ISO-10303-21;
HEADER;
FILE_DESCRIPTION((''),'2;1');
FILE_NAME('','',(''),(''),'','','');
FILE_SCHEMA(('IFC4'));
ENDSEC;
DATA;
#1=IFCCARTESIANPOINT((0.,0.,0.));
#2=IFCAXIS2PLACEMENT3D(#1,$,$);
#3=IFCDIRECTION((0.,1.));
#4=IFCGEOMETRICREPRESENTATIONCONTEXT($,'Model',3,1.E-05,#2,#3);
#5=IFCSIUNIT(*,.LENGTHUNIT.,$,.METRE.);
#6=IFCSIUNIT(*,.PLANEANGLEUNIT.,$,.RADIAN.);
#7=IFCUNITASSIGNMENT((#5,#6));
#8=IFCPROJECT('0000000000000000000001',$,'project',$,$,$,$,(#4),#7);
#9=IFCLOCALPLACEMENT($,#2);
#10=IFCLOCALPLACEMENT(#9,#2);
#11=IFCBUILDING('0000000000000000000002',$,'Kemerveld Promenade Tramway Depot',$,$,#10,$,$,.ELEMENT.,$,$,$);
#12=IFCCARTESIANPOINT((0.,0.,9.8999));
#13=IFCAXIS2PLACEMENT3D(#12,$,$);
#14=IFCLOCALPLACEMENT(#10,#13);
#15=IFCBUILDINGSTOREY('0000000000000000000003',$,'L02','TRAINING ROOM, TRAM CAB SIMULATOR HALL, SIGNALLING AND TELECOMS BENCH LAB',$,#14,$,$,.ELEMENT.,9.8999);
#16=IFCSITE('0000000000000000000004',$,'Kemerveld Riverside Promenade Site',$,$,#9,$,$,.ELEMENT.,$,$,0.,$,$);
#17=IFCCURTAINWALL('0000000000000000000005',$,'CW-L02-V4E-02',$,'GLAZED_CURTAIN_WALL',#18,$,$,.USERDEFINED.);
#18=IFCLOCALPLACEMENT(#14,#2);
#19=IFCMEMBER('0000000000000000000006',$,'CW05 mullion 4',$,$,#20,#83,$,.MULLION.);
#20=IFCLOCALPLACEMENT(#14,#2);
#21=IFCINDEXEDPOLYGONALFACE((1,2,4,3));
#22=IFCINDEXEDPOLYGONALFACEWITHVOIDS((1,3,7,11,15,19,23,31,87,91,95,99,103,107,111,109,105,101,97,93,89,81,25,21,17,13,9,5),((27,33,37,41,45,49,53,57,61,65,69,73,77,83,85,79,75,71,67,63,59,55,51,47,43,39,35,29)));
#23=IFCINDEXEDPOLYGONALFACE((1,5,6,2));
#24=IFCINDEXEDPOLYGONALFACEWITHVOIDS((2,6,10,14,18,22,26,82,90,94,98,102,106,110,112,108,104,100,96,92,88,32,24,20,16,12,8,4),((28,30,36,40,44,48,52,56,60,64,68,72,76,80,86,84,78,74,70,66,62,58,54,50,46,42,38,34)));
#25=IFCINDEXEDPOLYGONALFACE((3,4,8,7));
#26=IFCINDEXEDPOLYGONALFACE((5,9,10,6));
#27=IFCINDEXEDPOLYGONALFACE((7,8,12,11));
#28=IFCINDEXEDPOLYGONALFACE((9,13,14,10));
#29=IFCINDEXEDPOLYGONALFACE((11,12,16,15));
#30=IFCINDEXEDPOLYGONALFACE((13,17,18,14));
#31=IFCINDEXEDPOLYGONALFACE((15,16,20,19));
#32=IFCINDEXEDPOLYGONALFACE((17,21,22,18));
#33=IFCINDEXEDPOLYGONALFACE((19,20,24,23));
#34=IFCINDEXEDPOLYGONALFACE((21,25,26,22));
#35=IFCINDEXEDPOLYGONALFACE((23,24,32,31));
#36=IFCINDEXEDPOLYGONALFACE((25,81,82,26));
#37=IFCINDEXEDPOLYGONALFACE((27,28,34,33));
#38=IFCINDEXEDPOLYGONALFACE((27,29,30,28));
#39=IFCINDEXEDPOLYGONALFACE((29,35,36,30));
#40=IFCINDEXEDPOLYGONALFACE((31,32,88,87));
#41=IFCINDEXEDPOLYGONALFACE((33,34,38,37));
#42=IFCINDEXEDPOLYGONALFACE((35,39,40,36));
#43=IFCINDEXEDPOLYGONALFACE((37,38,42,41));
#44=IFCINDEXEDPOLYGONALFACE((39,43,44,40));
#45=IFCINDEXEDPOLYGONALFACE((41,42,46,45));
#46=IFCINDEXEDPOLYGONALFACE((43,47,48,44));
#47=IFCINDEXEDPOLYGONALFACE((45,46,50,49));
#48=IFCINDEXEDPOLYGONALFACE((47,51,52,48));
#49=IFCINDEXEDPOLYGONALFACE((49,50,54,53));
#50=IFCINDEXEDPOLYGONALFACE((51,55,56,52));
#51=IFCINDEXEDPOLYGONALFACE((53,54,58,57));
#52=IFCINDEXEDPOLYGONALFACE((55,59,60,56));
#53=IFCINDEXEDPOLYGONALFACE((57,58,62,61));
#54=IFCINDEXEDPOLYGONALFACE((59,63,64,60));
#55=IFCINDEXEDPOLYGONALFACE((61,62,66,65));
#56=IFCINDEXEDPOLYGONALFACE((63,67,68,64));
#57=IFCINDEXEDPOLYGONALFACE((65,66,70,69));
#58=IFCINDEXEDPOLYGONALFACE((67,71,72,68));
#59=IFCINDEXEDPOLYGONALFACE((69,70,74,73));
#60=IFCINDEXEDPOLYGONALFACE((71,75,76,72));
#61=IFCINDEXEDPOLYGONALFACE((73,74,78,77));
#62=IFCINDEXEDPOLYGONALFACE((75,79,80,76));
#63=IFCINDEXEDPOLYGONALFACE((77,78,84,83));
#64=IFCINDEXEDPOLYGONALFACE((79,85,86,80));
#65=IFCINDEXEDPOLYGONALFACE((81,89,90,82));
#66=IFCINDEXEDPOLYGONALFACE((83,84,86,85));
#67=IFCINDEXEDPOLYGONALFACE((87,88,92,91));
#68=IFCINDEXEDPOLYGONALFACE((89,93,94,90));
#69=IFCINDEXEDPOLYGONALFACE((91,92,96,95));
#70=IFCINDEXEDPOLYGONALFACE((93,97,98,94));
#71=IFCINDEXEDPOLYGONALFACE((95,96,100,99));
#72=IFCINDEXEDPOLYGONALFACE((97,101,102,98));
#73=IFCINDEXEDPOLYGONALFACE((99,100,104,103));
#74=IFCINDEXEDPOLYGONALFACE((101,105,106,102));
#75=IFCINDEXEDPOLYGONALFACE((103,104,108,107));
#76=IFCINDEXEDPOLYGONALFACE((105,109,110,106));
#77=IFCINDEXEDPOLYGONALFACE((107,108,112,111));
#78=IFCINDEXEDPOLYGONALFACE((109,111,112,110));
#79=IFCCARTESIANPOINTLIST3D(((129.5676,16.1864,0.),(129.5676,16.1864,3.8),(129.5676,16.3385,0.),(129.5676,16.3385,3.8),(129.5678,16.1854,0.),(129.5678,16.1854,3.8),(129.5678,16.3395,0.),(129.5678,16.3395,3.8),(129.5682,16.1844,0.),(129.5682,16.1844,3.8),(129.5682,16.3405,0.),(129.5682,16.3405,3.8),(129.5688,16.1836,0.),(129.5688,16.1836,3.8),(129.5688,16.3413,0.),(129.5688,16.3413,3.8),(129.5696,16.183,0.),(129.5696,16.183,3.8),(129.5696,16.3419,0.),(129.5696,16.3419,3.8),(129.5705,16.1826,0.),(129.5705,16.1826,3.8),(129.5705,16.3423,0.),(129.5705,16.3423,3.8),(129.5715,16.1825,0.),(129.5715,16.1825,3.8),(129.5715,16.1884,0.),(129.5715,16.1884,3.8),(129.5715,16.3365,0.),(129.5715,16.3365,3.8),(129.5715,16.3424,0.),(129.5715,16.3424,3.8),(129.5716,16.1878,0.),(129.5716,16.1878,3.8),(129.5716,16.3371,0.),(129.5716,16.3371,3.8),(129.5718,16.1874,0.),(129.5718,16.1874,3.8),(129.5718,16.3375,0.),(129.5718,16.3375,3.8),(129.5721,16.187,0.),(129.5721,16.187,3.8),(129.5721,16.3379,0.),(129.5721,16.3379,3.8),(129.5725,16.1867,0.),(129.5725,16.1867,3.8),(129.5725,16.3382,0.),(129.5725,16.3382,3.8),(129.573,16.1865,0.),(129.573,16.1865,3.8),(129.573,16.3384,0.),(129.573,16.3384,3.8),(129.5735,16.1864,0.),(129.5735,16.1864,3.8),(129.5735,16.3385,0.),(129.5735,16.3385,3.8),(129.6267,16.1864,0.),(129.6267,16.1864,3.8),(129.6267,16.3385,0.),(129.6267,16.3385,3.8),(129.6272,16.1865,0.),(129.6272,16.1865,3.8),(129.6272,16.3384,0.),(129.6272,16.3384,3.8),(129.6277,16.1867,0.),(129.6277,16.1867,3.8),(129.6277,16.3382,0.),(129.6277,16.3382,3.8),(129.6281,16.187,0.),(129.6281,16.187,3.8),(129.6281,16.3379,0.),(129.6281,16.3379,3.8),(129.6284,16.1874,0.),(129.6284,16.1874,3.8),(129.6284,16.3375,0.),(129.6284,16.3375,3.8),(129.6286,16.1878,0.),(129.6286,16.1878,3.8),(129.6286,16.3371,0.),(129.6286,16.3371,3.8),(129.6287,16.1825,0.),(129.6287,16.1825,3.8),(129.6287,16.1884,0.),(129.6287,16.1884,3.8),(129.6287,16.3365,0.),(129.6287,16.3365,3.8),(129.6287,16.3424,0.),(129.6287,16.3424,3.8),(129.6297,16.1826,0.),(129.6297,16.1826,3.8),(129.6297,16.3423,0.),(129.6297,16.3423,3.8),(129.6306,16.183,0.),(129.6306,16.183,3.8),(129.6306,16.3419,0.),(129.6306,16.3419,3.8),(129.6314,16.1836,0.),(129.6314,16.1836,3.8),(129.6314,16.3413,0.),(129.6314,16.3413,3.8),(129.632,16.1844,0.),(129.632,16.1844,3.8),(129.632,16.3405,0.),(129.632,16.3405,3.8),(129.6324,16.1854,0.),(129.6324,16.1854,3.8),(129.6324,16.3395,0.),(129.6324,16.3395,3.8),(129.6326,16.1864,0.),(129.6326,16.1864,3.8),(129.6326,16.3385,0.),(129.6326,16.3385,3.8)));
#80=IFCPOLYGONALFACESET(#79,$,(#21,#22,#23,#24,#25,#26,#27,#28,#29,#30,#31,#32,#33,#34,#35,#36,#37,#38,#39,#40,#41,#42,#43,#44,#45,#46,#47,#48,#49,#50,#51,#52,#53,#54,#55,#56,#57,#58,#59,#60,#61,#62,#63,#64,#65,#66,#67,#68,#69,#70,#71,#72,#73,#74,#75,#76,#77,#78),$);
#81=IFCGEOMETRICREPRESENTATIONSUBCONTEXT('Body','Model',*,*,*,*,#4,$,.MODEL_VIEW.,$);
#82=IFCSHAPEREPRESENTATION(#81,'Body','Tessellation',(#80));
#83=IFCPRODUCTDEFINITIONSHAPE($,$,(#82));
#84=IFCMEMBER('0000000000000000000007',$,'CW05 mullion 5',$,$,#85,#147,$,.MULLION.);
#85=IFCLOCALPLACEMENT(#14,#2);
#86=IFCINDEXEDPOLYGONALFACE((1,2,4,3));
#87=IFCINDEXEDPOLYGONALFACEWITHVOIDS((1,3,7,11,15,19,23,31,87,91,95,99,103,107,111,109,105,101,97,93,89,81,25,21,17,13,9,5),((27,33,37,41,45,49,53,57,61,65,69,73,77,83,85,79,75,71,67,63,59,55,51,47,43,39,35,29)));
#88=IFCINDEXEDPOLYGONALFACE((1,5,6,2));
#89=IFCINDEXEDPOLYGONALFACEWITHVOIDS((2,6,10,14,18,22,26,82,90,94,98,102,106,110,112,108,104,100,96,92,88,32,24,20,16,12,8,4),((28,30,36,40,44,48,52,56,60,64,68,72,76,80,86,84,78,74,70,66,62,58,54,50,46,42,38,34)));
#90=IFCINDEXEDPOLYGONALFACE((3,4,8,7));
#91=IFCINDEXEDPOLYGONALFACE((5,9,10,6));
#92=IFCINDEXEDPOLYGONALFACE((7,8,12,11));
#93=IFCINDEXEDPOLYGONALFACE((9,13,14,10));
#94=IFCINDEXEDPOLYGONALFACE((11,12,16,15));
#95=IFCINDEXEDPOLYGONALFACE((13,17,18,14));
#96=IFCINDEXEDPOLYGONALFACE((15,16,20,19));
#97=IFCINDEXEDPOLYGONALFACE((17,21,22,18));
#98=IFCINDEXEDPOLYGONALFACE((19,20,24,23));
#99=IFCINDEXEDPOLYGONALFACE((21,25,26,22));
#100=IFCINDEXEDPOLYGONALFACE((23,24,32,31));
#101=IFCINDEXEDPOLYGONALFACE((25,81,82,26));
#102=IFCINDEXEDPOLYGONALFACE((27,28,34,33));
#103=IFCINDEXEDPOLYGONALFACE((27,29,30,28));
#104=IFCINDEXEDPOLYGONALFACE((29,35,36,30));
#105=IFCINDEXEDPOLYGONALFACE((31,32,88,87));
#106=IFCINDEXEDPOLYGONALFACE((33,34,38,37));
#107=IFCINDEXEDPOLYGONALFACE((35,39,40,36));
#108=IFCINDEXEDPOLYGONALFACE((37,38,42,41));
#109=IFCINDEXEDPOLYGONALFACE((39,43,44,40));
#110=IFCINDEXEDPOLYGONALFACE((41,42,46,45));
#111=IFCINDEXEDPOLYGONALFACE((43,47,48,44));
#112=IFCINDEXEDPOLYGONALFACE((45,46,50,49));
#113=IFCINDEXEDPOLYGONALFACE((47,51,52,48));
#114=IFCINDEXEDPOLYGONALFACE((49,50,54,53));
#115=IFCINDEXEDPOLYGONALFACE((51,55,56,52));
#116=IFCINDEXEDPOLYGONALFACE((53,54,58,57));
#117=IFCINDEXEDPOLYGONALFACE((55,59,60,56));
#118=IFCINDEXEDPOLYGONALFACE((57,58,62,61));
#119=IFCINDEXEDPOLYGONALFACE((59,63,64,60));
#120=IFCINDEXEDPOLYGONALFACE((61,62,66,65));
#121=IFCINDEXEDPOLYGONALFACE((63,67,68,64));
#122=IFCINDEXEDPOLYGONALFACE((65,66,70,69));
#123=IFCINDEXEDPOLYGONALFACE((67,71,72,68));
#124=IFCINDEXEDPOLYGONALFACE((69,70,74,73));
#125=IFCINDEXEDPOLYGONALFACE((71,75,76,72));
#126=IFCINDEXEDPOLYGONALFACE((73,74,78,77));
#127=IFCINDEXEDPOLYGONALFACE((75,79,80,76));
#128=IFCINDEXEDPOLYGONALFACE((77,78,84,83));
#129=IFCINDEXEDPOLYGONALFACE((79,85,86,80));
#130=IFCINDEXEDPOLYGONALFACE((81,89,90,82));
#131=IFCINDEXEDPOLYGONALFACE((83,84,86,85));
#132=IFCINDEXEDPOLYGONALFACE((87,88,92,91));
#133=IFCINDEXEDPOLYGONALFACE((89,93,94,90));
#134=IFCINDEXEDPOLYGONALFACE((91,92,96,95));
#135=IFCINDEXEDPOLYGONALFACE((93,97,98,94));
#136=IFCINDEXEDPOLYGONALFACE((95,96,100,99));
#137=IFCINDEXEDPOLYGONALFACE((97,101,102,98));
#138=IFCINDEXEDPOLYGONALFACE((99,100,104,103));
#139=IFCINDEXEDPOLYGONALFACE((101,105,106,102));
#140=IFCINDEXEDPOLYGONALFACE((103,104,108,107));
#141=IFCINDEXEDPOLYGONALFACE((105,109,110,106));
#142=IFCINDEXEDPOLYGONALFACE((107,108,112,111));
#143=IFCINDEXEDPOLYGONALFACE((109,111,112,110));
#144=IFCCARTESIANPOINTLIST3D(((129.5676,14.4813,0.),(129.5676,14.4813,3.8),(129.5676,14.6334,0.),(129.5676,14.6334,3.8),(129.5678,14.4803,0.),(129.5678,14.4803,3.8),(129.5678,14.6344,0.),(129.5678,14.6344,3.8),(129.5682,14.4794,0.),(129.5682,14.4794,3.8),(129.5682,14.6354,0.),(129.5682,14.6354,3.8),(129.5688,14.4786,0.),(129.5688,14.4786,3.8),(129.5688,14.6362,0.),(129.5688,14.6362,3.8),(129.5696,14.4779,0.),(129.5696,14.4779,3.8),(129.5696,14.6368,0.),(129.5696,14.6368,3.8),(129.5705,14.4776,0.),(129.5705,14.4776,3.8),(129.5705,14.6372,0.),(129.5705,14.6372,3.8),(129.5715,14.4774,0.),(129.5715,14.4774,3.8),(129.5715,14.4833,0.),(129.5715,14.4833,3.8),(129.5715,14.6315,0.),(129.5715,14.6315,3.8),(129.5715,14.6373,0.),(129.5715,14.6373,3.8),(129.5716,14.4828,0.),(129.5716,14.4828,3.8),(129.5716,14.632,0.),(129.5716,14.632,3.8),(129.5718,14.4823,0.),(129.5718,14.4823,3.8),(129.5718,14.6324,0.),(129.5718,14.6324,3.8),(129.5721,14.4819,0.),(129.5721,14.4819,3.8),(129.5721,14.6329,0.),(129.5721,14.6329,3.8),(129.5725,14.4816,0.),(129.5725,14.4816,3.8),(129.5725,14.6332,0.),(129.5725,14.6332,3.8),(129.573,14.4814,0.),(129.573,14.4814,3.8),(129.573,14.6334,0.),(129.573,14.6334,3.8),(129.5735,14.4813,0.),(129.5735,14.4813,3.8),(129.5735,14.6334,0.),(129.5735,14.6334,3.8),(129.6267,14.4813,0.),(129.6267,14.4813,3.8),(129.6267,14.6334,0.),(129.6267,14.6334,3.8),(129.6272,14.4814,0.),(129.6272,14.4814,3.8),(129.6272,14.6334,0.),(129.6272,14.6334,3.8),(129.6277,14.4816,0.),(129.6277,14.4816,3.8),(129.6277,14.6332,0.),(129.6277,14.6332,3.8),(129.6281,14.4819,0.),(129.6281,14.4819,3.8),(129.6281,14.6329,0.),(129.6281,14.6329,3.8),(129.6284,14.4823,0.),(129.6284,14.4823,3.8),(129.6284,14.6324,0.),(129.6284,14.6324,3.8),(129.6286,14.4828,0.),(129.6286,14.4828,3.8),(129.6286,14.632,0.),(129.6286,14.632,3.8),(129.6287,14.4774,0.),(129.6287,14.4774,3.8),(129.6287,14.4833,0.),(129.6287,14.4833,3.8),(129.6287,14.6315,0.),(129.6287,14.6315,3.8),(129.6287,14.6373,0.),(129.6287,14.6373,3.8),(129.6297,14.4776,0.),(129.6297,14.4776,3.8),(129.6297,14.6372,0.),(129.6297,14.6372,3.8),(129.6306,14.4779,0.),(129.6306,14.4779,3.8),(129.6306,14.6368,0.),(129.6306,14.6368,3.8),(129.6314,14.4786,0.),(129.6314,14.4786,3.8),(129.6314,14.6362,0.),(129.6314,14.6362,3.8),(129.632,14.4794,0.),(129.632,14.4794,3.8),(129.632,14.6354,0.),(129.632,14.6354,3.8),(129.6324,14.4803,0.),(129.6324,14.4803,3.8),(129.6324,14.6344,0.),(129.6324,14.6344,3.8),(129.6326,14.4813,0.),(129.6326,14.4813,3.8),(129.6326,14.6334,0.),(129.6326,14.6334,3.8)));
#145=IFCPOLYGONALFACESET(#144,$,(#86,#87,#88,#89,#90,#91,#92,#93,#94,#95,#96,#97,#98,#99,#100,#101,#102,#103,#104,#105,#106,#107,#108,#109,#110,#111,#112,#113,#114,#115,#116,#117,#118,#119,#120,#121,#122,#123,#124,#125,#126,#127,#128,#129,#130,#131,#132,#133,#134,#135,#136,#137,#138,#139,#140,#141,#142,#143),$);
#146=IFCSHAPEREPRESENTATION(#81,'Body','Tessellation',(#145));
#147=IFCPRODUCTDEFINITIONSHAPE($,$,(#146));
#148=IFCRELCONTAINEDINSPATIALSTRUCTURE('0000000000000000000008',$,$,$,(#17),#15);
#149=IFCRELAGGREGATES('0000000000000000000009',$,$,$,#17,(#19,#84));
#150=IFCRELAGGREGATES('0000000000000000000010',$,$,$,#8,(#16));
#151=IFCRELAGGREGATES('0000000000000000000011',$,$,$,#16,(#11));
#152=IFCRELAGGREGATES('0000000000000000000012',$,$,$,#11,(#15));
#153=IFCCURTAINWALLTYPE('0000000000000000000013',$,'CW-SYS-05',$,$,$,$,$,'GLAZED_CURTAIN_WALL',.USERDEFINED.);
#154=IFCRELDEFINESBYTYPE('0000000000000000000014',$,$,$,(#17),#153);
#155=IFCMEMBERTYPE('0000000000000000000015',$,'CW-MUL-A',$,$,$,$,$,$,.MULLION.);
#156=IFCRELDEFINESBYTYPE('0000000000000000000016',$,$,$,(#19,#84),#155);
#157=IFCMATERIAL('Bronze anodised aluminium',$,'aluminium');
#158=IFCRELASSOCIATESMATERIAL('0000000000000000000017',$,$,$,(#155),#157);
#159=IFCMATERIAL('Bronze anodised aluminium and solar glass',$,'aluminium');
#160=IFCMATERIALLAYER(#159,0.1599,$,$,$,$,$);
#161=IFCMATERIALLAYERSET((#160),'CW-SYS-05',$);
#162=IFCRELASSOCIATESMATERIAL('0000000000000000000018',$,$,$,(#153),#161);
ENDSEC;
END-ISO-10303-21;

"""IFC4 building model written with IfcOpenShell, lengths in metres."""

from ifc_helpers import new_model, si_unit, direction, frame, origin, origin_2d, place, context, subcontext, project, spatial, hollow_rectangle, extrude, material, layer, layer_set, material_profile, profile_set, type_object, element, aggregate, save


model = new_model("IFC4")

# Units and contexts
model_context = context("Model", 3, precision=1e-05, world=origin(), true_north=direction((0.0, 1.0)))
body_context = subcontext(model_context, "Body", "Model", "MODEL_VIEW")
ifc_project = project(units=[si_unit("LENGTHUNIT", "METRE"), si_unit("PLANEANGLEUNIT", "RADIAN")], contexts=[model_context])

# Site, building, storey
site_placement = place(None, origin())
site = spatial("IfcSite", under=ifc_project, at=site_placement, Name="Kemerveld Riverside Promenade Site", CompositionType="ELEMENT", RefElevation=0.0)
building_placement = place(site_placement, origin())
building = spatial("IfcBuilding", under=site, at=building_placement, Name="Kemerveld Promenade Tramway Depot", CompositionType="ELEMENT")
storey_placement = place(building_placement, frame((0.0, 0.0, 9.8999)))
storey = spatial("IfcBuildingStorey", under=building, at=storey_placement, Name="L02", Description="TRAINING ROOM, TRAM CAB SIMULATOR HALL, SIGNALLING AND TELECOMS BENCH LAB", CompositionType="ELEMENT", Elevation=9.8999)

# Shared definitions
ifc_material_1 = material(Name="Bronze anodised aluminium and solar glass", Category="aluminium")
ifc_material_2 = material(Name="Bronze anodised aluminium", Category="aluminium")
ifc_material_profile_1 = material_profile(ifc_material_2, hollow_rectangle(XDim=0.0649, YDim=0.1599, WallThickness=0.0039, InnerFilletRadius=0.002, OuterFilletRadius=0.0039, at=origin_2d()), Name="CW-MUL-160x65")
ifc_profile_set_1 = profile_set([ifc_material_profile_1], Name="Bronze anodised aluminium")
member_type_1 = type_object("IfcMemberType", Name="CW-MUL-A", PredefinedType="MULLION", material=ifc_profile_set_1)

# Curtain wall, members
ifc_layer_1 = layer(ifc_material_1, 0.1599)
ifc_layer_set_1 = layer_set([ifc_layer_1], Name="CW-SYS-05")
curtain_wall_type_1 = type_object("IfcCurtainWallType", Name="CW-SYS-05", ElementType="GLAZED_CURTAIN_WALL", PredefinedType="USERDEFINED", material=ifc_layer_set_1)
curtain_wall_1_placement = place(storey_placement, origin())
curtain_wall_1 = element("IfcCurtainWall", 1, at=curtain_wall_1_placement, inside=storey, type_object=curtain_wall_type_1, Name="CW-L02-V4E-02", ObjectType="GLAZED_CURTAIN_WALL", PredefinedType="USERDEFINED")
member_1_placement = place(storey_placement, frame((129.6001, 16.2625, 0.0), z_axis=(0.0, 0.0, 1.0), x_axis=(1.0, 0.0, 0.0)))
member_1 = element("IfcMember", 2, at=member_1_placement, type_object=member_type_1, Name="CW05 mullion 4", PredefinedType="MULLION", context=body_context, shape_type="SweptSolid", body=[
    extrude(hollow_rectangle(XDim=0.0649, YDim=0.1599, WallThickness=0.0039, InnerFilletRadius=0.002, OuterFilletRadius=0.0039, at=origin_2d()), origin(), (0.0, 0.0, 1.0), 3.8),
])
member_2_placement = place(storey_placement, frame((129.6001, 14.5574, 0.0), z_axis=(0.0, 0.0, 1.0), x_axis=(1.0, 0.0, 0.0)))
member_2 = element("IfcMember", 3, at=member_2_placement, type_object=member_type_1, Name="CW05 mullion 5", PredefinedType="MULLION", context=body_context, shape_type="SweptSolid", body=[
    extrude(hollow_rectangle(XDim=0.0649, YDim=0.1599, WallThickness=0.0039, InnerFilletRadius=0.002, OuterFilletRadius=0.0039, at=origin_2d()), origin(), (0.0, 0.0, 1.0), 3.8),
])

aggregate(curtain_wall_1, [member_1, member_2])

save(model, "model.ifc")
